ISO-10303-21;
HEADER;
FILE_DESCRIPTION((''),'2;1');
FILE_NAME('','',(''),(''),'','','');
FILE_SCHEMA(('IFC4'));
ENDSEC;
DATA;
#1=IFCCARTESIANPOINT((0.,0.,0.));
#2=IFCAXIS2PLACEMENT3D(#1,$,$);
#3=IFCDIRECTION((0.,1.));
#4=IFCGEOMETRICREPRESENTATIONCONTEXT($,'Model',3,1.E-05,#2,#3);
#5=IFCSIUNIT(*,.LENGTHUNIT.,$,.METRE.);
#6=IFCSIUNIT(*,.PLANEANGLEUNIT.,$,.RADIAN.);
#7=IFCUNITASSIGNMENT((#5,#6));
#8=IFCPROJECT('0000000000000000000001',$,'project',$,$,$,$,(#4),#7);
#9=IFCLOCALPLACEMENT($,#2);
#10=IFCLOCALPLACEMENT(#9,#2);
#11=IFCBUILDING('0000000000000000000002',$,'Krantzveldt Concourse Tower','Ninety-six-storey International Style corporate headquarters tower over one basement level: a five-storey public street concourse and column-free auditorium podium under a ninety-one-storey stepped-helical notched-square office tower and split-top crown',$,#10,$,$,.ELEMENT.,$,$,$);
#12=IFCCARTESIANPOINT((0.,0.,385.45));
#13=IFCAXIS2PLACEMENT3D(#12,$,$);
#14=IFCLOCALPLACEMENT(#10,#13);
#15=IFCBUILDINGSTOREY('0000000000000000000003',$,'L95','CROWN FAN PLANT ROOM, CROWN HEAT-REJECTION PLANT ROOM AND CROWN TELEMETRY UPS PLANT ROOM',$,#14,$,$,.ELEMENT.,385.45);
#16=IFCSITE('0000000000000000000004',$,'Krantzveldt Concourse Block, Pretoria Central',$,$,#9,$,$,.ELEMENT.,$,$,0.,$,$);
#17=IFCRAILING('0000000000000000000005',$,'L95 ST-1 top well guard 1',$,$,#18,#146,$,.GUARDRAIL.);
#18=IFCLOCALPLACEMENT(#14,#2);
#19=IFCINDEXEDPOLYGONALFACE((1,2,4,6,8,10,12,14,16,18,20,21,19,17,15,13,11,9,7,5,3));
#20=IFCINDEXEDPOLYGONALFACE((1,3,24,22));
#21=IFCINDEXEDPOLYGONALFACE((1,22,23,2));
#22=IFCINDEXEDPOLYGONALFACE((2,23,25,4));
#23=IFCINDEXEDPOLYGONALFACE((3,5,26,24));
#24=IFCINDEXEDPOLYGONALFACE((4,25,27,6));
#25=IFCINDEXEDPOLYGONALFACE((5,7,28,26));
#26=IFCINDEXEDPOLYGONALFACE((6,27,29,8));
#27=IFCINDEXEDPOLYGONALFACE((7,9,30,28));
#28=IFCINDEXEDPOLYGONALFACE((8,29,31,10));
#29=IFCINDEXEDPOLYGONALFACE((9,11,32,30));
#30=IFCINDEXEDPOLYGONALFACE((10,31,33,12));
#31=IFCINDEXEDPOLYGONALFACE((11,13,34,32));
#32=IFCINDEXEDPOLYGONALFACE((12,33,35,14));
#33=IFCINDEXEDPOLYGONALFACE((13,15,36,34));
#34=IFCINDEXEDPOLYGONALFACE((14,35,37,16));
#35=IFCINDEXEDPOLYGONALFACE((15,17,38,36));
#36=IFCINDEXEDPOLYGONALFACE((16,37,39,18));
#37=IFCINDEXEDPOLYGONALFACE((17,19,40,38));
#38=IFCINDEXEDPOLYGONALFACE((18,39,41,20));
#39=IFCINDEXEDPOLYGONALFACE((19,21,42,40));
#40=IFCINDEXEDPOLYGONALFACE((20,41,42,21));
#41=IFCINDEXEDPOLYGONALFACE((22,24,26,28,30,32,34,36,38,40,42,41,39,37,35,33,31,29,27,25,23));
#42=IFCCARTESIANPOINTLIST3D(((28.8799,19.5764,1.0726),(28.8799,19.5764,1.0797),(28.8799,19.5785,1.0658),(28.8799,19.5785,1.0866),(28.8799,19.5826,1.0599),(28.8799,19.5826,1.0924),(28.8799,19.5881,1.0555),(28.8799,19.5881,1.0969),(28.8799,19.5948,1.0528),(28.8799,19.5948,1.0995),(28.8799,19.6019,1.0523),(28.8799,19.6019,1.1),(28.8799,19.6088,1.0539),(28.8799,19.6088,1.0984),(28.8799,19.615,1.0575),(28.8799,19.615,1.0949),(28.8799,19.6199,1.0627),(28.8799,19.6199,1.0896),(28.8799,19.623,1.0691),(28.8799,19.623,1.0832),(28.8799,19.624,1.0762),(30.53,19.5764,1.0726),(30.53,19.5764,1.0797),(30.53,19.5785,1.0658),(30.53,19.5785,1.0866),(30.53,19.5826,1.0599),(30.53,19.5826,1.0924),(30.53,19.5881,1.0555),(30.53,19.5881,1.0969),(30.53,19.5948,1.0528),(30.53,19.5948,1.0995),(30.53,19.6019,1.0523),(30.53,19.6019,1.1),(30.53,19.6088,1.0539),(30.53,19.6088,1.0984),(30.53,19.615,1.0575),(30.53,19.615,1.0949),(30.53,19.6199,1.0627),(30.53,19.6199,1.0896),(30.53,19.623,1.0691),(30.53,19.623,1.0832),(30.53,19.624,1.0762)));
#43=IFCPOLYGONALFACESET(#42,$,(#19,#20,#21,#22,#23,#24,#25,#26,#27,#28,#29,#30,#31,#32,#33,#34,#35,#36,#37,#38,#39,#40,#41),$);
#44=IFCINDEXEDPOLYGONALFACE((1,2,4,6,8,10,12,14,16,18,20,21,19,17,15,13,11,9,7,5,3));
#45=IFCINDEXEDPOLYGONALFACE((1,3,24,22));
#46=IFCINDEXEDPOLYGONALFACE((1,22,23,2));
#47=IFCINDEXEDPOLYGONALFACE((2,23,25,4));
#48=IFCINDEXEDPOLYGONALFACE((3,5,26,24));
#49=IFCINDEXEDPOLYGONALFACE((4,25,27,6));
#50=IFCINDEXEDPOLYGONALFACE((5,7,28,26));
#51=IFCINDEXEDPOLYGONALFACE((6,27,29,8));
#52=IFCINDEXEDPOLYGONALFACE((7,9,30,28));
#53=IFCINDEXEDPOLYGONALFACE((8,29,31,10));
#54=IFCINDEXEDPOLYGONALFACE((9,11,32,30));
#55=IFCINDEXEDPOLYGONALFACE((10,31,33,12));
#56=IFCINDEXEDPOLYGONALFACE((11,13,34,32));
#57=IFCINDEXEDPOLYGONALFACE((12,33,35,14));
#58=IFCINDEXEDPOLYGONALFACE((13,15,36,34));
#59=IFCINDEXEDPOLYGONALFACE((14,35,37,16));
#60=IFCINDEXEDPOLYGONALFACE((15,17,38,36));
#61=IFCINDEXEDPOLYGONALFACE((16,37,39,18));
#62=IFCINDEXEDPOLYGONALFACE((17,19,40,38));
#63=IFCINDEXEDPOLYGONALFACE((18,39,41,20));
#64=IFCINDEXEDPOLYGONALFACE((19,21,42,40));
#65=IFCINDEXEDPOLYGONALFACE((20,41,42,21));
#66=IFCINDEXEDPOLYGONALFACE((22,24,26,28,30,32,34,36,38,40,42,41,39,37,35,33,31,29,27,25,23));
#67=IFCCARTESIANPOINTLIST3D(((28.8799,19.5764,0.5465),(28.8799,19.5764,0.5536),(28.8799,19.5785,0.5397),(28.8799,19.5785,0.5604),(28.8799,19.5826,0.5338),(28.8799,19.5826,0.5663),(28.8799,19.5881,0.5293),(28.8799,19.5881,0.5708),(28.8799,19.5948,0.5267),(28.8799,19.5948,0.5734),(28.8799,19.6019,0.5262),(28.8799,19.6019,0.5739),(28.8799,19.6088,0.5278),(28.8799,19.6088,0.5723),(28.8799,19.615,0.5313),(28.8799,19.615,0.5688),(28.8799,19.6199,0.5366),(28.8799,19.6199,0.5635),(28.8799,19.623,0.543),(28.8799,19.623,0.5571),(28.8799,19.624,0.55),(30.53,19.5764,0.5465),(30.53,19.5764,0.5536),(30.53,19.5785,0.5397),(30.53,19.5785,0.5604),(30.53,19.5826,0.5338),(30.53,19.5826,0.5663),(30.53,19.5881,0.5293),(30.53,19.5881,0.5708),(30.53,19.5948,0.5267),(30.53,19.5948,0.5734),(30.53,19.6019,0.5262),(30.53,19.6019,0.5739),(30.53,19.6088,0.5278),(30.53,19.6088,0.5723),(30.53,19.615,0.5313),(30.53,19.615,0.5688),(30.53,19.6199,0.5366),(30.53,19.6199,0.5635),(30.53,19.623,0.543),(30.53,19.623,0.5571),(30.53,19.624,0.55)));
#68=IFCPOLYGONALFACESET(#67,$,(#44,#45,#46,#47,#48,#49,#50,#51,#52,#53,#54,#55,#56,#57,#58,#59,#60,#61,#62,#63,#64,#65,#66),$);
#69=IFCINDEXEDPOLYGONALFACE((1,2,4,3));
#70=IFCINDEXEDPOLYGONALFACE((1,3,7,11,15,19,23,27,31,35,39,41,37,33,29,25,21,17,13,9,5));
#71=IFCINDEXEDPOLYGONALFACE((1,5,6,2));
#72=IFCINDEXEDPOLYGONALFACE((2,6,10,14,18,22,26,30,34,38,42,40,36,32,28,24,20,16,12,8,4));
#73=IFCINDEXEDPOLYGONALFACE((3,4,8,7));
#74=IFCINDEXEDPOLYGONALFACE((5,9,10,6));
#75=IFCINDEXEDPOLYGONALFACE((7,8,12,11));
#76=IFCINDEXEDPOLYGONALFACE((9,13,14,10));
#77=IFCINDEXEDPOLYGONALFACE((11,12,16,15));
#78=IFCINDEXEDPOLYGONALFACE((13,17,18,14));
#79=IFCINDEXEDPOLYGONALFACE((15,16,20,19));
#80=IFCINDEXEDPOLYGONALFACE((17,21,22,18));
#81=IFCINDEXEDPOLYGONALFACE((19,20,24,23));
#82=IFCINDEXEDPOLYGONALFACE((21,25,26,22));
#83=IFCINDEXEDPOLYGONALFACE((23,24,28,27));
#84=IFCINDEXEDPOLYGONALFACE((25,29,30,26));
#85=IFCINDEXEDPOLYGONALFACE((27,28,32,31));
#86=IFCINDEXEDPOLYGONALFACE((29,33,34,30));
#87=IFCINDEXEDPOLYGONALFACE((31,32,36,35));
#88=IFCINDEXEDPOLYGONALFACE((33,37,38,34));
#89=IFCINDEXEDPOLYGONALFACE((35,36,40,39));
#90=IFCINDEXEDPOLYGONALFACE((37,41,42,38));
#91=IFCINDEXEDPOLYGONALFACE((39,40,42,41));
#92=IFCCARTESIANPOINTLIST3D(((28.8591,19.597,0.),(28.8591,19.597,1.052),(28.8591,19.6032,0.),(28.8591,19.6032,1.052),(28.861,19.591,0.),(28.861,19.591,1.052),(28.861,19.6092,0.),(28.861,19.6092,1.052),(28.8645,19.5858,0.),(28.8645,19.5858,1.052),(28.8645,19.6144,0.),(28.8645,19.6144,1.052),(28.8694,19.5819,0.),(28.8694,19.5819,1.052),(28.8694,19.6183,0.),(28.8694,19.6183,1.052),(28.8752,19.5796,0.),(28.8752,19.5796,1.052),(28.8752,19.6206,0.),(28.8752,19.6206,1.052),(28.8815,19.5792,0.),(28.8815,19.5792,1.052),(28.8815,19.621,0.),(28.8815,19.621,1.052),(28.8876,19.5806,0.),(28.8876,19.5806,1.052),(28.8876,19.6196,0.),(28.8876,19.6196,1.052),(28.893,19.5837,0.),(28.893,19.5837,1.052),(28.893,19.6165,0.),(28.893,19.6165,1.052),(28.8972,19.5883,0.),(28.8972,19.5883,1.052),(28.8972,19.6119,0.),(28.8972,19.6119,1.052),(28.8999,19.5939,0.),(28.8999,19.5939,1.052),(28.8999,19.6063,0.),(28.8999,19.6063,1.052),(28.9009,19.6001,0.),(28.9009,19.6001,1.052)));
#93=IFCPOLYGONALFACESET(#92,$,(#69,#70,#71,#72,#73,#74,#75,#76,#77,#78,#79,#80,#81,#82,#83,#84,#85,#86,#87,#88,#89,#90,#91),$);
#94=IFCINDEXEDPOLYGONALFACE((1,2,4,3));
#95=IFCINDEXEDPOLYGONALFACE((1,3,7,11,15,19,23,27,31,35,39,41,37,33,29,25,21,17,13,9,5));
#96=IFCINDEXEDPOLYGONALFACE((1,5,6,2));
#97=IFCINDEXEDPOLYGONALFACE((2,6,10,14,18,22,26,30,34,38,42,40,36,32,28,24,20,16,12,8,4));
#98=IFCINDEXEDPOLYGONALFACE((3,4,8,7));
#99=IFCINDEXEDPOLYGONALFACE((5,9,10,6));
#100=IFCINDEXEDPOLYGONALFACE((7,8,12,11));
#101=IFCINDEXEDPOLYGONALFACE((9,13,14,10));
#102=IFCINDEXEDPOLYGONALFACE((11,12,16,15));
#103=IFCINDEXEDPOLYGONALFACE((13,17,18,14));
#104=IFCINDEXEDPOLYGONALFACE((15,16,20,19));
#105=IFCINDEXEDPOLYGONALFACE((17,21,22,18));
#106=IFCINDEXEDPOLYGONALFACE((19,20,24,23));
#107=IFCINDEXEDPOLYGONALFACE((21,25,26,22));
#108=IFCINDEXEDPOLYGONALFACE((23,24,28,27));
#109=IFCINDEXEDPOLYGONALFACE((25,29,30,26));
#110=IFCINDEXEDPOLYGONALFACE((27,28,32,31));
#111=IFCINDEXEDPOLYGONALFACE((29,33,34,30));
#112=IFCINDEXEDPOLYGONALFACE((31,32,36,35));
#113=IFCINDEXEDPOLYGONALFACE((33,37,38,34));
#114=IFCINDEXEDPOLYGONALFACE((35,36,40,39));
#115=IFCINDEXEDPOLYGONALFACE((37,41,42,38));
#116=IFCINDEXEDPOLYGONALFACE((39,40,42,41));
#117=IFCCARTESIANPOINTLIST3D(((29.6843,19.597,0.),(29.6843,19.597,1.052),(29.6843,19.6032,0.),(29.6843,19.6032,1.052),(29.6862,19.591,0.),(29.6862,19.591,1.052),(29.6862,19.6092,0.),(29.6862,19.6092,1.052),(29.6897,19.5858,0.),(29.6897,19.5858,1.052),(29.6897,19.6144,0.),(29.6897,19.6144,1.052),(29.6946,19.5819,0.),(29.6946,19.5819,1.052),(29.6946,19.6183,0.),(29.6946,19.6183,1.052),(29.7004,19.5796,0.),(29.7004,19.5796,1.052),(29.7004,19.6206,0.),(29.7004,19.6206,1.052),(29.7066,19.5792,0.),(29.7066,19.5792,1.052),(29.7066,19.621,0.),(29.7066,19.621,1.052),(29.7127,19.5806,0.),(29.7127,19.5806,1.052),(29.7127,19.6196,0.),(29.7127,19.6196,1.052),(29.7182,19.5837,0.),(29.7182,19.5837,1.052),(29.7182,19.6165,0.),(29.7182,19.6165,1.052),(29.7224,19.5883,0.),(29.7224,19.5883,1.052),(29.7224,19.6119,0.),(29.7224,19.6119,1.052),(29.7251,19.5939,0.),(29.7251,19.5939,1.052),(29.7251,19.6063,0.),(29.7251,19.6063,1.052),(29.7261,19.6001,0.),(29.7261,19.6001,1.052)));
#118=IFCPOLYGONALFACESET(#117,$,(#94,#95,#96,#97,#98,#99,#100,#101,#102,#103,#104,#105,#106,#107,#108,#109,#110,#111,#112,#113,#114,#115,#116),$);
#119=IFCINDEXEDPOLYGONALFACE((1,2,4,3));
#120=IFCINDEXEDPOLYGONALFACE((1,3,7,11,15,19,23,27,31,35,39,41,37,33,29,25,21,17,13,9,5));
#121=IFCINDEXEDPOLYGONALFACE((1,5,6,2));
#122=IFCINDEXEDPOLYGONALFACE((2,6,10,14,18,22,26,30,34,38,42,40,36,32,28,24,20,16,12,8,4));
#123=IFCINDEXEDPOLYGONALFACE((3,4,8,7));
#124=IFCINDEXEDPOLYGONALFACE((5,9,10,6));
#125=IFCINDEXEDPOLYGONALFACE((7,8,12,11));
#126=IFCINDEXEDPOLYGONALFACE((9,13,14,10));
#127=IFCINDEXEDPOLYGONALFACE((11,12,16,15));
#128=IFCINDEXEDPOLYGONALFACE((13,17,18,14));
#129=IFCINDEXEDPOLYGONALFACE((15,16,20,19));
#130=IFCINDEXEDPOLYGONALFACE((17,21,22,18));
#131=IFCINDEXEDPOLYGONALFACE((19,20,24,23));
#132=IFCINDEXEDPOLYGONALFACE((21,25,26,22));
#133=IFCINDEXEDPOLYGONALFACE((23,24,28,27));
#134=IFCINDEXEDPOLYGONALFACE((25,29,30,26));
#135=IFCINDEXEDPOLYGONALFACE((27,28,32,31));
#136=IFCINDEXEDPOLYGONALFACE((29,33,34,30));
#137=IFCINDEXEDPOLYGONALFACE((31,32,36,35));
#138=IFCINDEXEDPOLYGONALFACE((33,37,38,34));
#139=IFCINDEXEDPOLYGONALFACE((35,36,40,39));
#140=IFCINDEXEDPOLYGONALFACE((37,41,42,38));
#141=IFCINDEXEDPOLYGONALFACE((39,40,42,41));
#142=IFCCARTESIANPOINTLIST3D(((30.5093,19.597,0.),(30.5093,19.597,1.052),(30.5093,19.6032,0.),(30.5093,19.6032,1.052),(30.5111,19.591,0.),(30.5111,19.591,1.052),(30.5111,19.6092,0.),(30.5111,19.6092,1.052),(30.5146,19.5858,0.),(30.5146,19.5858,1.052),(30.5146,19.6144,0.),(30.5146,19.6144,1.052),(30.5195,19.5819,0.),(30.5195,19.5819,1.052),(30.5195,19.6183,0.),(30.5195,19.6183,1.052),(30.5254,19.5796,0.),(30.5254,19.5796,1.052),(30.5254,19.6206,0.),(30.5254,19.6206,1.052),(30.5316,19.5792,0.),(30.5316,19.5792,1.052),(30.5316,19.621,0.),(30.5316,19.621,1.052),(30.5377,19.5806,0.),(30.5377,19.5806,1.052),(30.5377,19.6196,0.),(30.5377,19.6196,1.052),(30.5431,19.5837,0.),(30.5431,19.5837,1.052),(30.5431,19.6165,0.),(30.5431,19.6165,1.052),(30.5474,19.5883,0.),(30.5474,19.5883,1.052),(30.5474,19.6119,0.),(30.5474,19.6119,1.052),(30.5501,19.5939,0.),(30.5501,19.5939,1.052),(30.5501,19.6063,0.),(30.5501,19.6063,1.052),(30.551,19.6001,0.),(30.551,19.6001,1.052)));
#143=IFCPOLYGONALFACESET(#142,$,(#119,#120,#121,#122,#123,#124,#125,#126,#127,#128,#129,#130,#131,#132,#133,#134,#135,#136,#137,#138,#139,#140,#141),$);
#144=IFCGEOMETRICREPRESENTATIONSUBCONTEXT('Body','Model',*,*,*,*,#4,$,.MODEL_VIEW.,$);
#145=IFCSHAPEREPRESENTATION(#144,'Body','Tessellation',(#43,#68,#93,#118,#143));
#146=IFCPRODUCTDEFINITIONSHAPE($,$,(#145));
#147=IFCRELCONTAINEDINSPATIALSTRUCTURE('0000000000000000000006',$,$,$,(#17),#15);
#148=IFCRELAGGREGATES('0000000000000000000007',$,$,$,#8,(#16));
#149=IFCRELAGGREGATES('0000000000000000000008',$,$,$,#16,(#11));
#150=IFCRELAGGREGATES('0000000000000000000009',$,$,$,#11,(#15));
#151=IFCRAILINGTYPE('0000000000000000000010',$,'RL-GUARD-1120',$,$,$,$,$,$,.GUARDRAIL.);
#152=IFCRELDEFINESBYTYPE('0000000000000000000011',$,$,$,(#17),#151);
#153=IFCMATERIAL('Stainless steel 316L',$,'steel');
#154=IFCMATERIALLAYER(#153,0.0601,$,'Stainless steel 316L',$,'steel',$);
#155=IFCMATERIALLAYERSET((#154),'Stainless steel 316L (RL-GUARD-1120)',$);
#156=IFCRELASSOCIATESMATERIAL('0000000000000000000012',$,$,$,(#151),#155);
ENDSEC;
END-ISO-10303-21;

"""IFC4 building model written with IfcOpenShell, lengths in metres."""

from ifc_helpers import new_model, si_unit, direction, frame, origin, origin_2d, place, context, subcontext, project, spatial, circle, extrude, material, layer, layer_set, type_object, element, save


model = new_model("IFC4")

# Units and contexts
model_context = context("Model", 3, precision=1e-05, world=origin(), true_north=direction((0.0, 1.0)))
body_context = subcontext(model_context, "Body", "Model", "MODEL_VIEW")
ifc_project = project(units=[si_unit("LENGTHUNIT", "METRE"), si_unit("PLANEANGLEUNIT", "RADIAN")], contexts=[model_context])

# Site, building, storey
site_placement = place(None, origin())
site = spatial("IfcSite", under=ifc_project, at=site_placement, Name="Krantzveldt Concourse Block, Pretoria Central", CompositionType="ELEMENT", RefElevation=0.0)
building_placement = place(site_placement, origin())
building = spatial("IfcBuilding", under=site, at=building_placement, Name="Krantzveldt Concourse Tower", Description="Ninety-six-storey International Style corporate headquarters tower over one basement level: a five-storey public street concourse and column-free auditorium podium under a ninety-one-storey stepped-helical notched-square office tower and split-top crown", CompositionType="ELEMENT")
storey_placement = place(building_placement, frame((0.0, 0.0, 385.45)))
storey = spatial("IfcBuildingStorey", under=building, at=storey_placement, Name="L95", Description="CROWN FAN PLANT ROOM, CROWN HEAT-REJECTION PLANT ROOM AND CROWN TELEMETRY UPS PLANT ROOM", CompositionType="ELEMENT", Elevation=385.45)

# Railing
ifc_material_1 = material(Name="Stainless steel 316L", Category="steel")
ifc_layer_1 = layer(ifc_material_1, 0.0601, Name="Stainless steel 316L", Category="steel")
ifc_layer_set_1 = layer_set([ifc_layer_1], Name="Stainless steel 316L (RL-GUARD-1120)")
railing_type = type_object("IfcRailingType", Name="RL-GUARD-1120", PredefinedType="GUARDRAIL", material=ifc_layer_set_1)
railing_placement = place(storey_placement, frame((28.8799, 19.6001, 0.0)))
element("IfcRailing", 1, at=railing_placement, inside=storey, type_object=railing_type, Name="L95 ST-1 top well guard 1", PredefinedType="GUARDRAIL", context=body_context, shape_type="SweptSolid", body=[
    extrude(circle(Radius=0.0239, at=origin_2d()), frame((0.0, 0.0, 1.0762), z_axis=(1.0, 0.0, 0.0), x_axis=(0.0, 1.0, 0.0)), (0.0, 0.0, 1.0), 1.6501),
    extrude(circle(Radius=0.0239, at=origin_2d()), frame((0.0, 0.0, 0.55), z_axis=(1.0, 0.0, 0.0), x_axis=(0.0, 1.0, 0.0)), (0.0, 0.0, 1.0), 1.6501),
    extrude(circle(Radius=0.021, at=origin_2d()), origin(), (0.0, 0.0, 1.0), 1.052),
    extrude(circle(Radius=0.021, at=origin_2d()), frame((0.8252, 0.0, 0.0)), (0.0, 0.0, 1.0), 1.052),
    extrude(circle(Radius=0.021, at=origin_2d()), frame((1.6501, 0.0, 0.0)), (0.0, 0.0, 1.0), 1.052),
])

save(model, "model.ifc")
